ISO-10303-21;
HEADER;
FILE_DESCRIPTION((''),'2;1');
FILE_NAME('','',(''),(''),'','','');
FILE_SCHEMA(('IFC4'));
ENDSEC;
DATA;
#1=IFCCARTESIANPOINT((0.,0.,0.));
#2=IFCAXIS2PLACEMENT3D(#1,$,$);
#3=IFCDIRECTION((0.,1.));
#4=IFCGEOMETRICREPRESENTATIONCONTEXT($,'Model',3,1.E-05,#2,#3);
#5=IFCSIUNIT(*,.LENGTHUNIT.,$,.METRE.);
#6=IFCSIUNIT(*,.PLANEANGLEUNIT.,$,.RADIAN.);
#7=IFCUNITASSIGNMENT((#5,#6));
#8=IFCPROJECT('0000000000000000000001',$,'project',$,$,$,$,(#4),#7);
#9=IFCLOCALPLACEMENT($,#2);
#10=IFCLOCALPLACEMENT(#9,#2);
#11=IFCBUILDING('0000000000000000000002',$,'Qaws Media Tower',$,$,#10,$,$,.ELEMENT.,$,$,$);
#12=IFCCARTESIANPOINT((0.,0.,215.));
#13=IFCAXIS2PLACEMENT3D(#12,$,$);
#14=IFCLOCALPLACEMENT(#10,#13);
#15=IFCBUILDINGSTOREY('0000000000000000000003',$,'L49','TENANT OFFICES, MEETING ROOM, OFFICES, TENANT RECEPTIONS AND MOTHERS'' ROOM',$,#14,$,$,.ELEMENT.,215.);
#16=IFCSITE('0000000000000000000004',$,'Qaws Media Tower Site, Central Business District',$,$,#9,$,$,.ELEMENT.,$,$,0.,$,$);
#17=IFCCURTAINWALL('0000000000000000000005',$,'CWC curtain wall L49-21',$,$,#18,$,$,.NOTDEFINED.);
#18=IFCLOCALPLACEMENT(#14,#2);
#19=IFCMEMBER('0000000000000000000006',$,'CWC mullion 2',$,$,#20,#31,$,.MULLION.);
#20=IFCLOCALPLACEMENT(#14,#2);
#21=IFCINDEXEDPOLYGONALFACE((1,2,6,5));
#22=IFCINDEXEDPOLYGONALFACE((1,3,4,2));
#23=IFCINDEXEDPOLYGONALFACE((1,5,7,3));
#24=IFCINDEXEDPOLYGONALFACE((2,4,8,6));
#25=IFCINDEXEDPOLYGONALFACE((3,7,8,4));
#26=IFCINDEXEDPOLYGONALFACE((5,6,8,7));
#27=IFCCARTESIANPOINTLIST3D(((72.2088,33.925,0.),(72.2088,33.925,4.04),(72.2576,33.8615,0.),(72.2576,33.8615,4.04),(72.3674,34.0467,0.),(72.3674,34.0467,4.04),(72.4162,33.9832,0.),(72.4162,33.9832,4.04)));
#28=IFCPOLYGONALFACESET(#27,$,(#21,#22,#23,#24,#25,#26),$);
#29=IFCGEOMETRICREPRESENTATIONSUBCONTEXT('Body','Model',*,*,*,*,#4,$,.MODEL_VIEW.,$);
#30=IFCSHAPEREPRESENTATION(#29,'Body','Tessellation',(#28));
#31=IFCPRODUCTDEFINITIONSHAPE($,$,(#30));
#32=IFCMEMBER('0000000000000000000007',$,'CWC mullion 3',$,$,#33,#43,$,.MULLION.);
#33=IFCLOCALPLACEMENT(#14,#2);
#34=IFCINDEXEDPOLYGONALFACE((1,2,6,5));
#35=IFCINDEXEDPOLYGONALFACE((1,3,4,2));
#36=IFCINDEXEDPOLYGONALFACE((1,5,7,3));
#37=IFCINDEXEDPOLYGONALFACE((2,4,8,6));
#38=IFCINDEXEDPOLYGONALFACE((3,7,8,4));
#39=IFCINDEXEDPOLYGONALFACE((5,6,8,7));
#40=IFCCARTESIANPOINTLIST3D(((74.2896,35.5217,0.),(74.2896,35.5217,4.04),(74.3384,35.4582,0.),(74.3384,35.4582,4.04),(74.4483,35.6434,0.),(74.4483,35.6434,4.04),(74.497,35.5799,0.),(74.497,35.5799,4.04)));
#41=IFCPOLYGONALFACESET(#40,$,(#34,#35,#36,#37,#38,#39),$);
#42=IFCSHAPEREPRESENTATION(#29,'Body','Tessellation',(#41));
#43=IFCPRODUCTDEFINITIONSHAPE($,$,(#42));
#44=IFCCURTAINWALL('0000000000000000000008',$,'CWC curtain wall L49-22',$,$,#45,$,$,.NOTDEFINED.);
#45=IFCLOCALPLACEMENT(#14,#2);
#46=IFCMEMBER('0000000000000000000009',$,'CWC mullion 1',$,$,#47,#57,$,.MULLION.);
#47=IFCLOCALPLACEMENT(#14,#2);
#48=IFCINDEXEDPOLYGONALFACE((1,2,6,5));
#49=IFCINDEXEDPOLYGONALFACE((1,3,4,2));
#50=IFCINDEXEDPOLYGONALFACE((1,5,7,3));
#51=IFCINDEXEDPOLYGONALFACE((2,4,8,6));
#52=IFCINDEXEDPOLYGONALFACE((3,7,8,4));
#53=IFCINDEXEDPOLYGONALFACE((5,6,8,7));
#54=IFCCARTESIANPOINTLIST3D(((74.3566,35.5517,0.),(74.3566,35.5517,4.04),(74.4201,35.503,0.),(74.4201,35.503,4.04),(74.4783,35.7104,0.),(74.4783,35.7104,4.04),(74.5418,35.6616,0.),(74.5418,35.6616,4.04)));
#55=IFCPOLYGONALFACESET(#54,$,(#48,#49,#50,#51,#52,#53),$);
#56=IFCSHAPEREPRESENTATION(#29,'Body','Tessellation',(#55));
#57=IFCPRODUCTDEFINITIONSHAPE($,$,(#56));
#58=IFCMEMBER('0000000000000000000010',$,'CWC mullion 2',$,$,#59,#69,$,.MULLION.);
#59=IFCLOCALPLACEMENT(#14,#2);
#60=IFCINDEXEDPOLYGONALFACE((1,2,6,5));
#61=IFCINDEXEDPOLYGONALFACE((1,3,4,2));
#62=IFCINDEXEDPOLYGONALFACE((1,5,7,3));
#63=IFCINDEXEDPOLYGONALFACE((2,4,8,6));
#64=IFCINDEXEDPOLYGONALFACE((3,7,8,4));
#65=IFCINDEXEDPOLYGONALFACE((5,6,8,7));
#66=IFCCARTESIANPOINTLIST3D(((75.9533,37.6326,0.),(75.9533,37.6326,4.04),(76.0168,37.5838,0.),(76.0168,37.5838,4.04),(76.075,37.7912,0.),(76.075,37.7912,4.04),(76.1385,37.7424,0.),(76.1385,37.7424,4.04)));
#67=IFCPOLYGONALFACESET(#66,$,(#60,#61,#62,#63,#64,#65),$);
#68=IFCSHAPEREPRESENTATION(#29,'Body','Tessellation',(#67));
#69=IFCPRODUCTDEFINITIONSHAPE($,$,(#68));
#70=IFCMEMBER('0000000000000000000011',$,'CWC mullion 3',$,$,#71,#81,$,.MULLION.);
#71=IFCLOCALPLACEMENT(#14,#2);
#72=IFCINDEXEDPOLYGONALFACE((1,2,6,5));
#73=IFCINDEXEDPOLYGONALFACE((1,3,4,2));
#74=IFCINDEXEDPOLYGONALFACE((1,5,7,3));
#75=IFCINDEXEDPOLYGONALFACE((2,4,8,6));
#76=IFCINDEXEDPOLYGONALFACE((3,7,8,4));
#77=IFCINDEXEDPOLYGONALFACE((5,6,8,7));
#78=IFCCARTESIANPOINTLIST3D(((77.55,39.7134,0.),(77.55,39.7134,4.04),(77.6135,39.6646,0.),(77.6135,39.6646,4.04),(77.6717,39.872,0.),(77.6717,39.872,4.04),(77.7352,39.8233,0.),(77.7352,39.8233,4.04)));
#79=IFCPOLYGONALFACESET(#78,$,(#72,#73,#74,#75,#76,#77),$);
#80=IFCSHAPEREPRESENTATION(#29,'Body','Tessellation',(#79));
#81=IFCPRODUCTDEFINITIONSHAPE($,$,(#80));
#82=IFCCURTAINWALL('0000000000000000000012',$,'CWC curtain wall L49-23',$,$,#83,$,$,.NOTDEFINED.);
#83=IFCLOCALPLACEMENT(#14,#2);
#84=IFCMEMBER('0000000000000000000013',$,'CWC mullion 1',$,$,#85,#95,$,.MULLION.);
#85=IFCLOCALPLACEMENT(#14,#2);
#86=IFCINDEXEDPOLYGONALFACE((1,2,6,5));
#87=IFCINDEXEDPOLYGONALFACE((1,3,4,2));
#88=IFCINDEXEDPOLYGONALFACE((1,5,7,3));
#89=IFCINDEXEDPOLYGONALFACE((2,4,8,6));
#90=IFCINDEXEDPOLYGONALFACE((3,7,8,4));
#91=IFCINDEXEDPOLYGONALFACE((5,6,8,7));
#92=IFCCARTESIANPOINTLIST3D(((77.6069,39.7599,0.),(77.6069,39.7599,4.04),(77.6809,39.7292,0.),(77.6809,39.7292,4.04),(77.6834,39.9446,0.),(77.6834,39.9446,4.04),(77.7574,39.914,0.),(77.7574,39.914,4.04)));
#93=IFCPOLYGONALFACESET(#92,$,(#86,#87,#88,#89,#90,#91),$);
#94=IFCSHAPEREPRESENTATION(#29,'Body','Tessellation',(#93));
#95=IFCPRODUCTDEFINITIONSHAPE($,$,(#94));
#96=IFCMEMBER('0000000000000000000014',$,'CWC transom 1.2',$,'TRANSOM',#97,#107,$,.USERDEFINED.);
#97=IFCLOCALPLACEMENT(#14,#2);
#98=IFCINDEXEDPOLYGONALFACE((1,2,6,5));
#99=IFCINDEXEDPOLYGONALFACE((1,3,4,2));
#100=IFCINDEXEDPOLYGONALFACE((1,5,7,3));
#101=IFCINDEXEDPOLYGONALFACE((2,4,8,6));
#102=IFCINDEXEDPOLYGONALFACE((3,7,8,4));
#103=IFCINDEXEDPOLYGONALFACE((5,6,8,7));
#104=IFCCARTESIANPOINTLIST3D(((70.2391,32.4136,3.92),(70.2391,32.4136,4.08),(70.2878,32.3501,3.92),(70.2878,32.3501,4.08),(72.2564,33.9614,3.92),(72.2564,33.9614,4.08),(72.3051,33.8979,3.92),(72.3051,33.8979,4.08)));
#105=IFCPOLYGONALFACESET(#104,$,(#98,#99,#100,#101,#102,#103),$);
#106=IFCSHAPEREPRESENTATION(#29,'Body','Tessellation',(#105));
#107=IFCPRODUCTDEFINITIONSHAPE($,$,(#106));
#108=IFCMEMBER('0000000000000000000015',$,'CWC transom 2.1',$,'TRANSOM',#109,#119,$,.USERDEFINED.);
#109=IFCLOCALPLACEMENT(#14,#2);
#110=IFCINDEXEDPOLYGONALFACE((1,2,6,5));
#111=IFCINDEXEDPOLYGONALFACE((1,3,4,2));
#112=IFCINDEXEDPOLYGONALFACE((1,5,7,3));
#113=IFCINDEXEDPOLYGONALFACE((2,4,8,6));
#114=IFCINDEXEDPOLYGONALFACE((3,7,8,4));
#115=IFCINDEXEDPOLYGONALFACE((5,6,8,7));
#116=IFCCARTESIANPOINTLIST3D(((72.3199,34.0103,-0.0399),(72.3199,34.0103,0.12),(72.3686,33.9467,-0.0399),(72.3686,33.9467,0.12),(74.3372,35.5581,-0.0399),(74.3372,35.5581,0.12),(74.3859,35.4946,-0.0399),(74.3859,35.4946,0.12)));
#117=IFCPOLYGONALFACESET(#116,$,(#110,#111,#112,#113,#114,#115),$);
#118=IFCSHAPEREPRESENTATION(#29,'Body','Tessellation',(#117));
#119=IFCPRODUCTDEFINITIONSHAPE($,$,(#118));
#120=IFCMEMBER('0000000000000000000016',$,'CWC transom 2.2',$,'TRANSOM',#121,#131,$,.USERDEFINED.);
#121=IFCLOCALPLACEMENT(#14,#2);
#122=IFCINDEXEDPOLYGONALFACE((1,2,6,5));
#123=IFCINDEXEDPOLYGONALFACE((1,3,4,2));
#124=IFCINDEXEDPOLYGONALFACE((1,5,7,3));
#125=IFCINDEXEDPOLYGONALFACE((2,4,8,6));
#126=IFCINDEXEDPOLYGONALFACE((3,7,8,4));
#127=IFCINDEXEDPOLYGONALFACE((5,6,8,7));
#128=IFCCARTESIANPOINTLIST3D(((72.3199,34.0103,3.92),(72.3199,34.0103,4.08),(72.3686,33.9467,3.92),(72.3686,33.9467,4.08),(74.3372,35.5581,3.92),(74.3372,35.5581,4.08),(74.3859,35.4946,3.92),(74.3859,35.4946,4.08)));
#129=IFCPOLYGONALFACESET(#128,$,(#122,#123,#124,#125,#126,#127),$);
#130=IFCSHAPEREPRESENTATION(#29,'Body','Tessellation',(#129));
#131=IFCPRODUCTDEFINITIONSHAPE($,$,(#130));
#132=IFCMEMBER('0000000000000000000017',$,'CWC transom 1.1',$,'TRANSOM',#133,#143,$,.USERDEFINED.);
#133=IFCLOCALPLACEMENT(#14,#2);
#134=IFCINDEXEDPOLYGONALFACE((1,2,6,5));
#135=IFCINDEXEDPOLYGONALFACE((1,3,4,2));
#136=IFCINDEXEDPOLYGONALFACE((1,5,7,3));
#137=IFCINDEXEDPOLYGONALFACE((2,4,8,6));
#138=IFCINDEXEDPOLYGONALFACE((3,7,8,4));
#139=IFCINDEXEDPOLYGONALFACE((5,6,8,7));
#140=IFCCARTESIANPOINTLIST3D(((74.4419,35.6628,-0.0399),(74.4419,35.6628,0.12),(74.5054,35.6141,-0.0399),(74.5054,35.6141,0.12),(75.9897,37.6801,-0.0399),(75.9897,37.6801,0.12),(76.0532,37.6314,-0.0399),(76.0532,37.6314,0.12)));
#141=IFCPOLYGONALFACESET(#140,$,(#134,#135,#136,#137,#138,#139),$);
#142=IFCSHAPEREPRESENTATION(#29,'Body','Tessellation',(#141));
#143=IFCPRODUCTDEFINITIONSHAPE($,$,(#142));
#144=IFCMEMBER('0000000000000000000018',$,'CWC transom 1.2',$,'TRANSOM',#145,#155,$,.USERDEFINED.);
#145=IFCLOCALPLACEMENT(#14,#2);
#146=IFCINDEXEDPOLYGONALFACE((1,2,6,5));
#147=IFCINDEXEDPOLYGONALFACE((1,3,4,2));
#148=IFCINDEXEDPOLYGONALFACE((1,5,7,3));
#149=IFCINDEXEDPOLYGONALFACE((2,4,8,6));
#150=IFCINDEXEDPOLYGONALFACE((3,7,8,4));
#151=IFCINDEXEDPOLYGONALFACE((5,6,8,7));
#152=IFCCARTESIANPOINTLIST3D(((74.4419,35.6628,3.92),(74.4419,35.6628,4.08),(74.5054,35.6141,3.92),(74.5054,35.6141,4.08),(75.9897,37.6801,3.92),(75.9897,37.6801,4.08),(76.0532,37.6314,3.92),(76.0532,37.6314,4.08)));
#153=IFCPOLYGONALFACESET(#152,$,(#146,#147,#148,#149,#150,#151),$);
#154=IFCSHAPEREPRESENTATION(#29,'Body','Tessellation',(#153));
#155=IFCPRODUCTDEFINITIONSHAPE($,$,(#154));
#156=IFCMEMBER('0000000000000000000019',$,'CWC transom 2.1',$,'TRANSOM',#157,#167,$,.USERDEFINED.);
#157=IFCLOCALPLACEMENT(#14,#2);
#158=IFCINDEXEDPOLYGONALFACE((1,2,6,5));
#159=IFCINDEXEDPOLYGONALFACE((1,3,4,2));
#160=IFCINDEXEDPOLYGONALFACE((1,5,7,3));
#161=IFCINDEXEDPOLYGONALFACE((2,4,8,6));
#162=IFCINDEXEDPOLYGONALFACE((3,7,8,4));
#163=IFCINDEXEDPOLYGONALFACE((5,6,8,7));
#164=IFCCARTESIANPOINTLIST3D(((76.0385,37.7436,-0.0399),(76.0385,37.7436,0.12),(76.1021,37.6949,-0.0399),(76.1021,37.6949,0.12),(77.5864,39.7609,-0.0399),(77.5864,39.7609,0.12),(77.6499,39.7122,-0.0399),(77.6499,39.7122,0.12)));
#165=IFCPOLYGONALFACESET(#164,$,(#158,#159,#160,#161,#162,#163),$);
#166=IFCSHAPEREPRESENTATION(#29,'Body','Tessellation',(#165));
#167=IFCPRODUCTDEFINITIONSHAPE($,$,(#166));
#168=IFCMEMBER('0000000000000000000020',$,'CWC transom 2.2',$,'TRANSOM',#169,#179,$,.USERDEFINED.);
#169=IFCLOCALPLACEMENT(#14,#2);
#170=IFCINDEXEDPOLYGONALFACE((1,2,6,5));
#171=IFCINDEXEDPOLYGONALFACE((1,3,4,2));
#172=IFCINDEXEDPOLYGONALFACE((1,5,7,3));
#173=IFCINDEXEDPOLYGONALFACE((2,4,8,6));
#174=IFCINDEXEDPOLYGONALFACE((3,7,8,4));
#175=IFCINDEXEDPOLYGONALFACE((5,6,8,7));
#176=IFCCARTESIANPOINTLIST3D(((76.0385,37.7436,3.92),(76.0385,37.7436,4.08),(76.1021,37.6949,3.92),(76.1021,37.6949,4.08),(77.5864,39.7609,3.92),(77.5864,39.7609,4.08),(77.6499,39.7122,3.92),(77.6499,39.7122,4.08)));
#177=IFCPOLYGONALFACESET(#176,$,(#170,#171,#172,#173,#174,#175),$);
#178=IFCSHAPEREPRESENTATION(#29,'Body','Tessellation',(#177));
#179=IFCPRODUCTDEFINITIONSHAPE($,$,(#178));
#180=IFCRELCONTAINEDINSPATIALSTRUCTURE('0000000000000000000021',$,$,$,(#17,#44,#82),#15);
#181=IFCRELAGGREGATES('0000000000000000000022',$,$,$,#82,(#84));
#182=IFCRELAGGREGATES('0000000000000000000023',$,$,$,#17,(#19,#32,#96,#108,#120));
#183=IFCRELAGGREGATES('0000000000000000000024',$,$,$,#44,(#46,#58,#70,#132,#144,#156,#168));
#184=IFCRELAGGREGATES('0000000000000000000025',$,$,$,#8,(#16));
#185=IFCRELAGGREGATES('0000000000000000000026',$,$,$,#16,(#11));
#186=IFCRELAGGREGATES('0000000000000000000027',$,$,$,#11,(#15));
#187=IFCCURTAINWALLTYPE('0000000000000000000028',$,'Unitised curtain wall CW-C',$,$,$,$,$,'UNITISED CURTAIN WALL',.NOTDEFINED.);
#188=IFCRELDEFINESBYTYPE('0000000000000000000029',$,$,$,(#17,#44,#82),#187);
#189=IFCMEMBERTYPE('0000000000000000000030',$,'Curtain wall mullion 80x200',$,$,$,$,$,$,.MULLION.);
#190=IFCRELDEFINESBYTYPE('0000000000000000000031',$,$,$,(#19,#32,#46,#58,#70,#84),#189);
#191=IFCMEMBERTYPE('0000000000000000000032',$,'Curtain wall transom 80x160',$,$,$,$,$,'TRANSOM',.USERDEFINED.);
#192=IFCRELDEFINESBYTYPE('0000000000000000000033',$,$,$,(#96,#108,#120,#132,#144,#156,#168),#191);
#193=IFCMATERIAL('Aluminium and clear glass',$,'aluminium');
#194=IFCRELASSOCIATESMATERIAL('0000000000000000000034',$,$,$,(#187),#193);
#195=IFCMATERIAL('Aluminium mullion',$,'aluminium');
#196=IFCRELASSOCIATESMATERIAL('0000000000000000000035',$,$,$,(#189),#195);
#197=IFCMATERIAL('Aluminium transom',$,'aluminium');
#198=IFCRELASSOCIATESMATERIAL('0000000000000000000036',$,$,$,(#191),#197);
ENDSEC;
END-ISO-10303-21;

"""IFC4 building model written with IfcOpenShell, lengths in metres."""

from ifc_helpers import new_model, si_unit, direction, frame, origin, origin_2d, place, context, subcontext, project, spatial, rectangle, extrude, material, material_profile, profile_set, type_object, element, aggregate, save


model = new_model("IFC4")

# Units and contexts
model_context = context("Model", 3, precision=1e-05, world=origin(), true_north=direction((0.0, 1.0)))
body_context = subcontext(model_context, "Body", "Model", "MODEL_VIEW")
ifc_project = project(units=[si_unit("LENGTHUNIT", "METRE"), si_unit("PLANEANGLEUNIT", "RADIAN")], contexts=[model_context])

# Site, building, storey
site_placement = place(None, origin())
site = spatial("IfcSite", under=ifc_project, at=site_placement, Name="Qaws Media Tower Site, Central Business District", CompositionType="ELEMENT", RefElevation=0.0)
building_placement = place(site_placement, origin())
building = spatial("IfcBuilding", under=site, at=building_placement, Name="Qaws Media Tower", CompositionType="ELEMENT")
storey_placement = place(building_placement, frame((0.0, 0.0, 215.0)))
storey = spatial("IfcBuildingStorey", under=building, at=storey_placement, Name="L49", Description="TENANT OFFICES, MEETING ROOM, OFFICES, TENANT RECEPTIONS AND MOTHERS' ROOM", CompositionType="ELEMENT", Elevation=215.0)

# Curtain walls, members
ifc_material_1 = material(Name="Aluminium and clear glass", Category="aluminium")
curtain_wall_type = type_object("IfcCurtainWallType", Name="Unitised curtain wall CW-C", ElementType="UNITISED CURTAIN WALL", PredefinedType="NOTDEFINED", material=ifc_material_1)
curtain_wall_1_placement = place(storey_placement, origin())
curtain_wall_1 = element("IfcCurtainWall", 1, at=curtain_wall_1_placement, inside=storey, type_object=curtain_wall_type, Name="CWC curtain wall L49-21", PredefinedType="NOTDEFINED")
ifc_material_2 = material(Name="Aluminium mullion", Category="aluminium")
ifc_material_profile_1 = material_profile(ifc_material_2, rectangle(XDim=0.0801, YDim=0.2, at=origin_2d()), Name="80x200")
ifc_profile_set_1 = profile_set([ifc_material_profile_1], Name="Aluminium mullion")
member_type_1 = type_object("IfcMemberType", Name="Curtain wall mullion 80x200", PredefinedType="MULLION", material=ifc_profile_set_1)
member_1_placement = place(storey_placement, frame((72.3125, 33.9541, 0.0), z_axis=(0.0, 0.0, 1.0), x_axis=(-0.608761, 0.793353, 0.0)))
member_1 = element("IfcMember", 2, at=member_1_placement, type_object=member_type_1, Name="CWC mullion 2", PredefinedType="MULLION", context=body_context, shape_type="SweptSolid", body=[
    extrude(rectangle(XDim=0.0801, YDim=0.2, at=origin_2d()), origin(), (0.0, 0.0, 1.0), 4.04),
])
member_2_placement = place(storey_placement, frame((74.3933, 35.5508, 0.0), z_axis=(0.0, 0.0, 1.0), x_axis=(-0.608761, 0.793353, 0.0)))
member_2 = element("IfcMember", 3, at=member_2_placement, type_object=member_type_1, Name="CWC mullion 3", PredefinedType="MULLION", context=body_context, shape_type="SweptSolid", body=[
    extrude(rectangle(XDim=0.0801, YDim=0.2, at=origin_2d()), origin(), (0.0, 0.0, 1.0), 4.04),
])
curtain_wall_2_placement = place(storey_placement, origin())
curtain_wall_2 = element("IfcCurtainWall", 4, at=curtain_wall_2_placement, inside=storey, type_object=curtain_wall_type, Name="CWC curtain wall L49-22", PredefinedType="NOTDEFINED")
member_3_placement = place(storey_placement, frame((74.4492, 35.6067, 0.0), z_axis=(0.0, 0.0, 1.0), x_axis=(-0.793353, 0.608761, 0.0)))
member_3 = element("IfcMember", 5, at=member_3_placement, type_object=member_type_1, Name="CWC mullion 1", PredefinedType="MULLION", context=body_context, shape_type="SweptSolid", body=[
    extrude(rectangle(XDim=0.0801, YDim=0.2, at=origin_2d()), origin(), (0.0, 0.0, 1.0), 4.04),
])
member_4_placement = place(storey_placement, frame((76.0459, 37.6875, 0.0), z_axis=(0.0, 0.0, 1.0), x_axis=(-0.793353, 0.608761, 0.0)))
member_4 = element("IfcMember", 6, at=member_4_placement, type_object=member_type_1, Name="CWC mullion 2", PredefinedType="MULLION", context=body_context, shape_type="SweptSolid", body=[
    extrude(rectangle(XDim=0.0801, YDim=0.2, at=origin_2d()), origin(), (0.0, 0.0, 1.0), 4.04),
])
member_5_placement = place(storey_placement, frame((77.6426, 39.7683, 0.0), z_axis=(0.0, 0.0, 1.0), x_axis=(-0.793353, 0.608761, 0.0)))
member_5 = element("IfcMember", 7, at=member_5_placement, type_object=member_type_1, Name="CWC mullion 3", PredefinedType="MULLION", context=body_context, shape_type="SweptSolid", body=[
    extrude(rectangle(XDim=0.0801, YDim=0.2, at=origin_2d()), origin(), (0.0, 0.0, 1.0), 4.04),
])

# Curtain wall, member
curtain_wall_3_placement = place(storey_placement, origin())
curtain_wall_3 = element("IfcCurtainWall", 8, at=curtain_wall_3_placement, inside=storey, type_object=curtain_wall_type, Name="CWC curtain wall L49-23", PredefinedType="NOTDEFINED")
member_6_placement = place(storey_placement, frame((77.6821, 39.8369, 0.0), z_axis=(0.0, 0.0, 1.0), x_axis=(-0.923879, 0.382684, 0.0)))
member_6 = element("IfcMember", 9, at=member_6_placement, type_object=member_type_1, Name="CWC mullion 1", PredefinedType="MULLION", context=body_context, shape_type="SweptSolid", body=[
    extrude(rectangle(XDim=0.0801, YDim=0.2, at=origin_2d()), origin(), (0.0, 0.0, 1.0), 4.04),
])
aggregate(curtain_wall_3, [member_6])

# Members
ifc_material_3 = material(Name="Aluminium transom", Category="aluminium")
ifc_material_profile_2 = material_profile(ifc_material_3, rectangle(XDim=0.0801, YDim=0.1599, at=origin_2d()), Name="80x160")
ifc_profile_set_2 = profile_set([ifc_material_profile_2], Name="Aluminium transom")
member_type_2 = type_object("IfcMemberType", Name="Curtain wall transom 80x160", ElementType="TRANSOM", PredefinedType="USERDEFINED", material=ifc_profile_set_2)
member_7_placement = place(storey_placement, frame((70.2634, 32.3818, 4.0), z_axis=(0.793373, 0.608736, 0.0), x_axis=(-0.608736, 0.793373, 0.0)))
member_7 = element("IfcMember", 10, at=member_7_placement, type_object=member_type_2, Name="CWC transom 1.2", ObjectType="TRANSOM", PredefinedType="USERDEFINED", context=body_context, shape_type="SweptSolid", body=[
    extrude(rectangle(XDim=0.0801, YDim=0.1599, at=origin_2d()), origin(), (0.0, 0.0, 1.0), 2.5427),
])
member_8_placement = place(storey_placement, frame((72.3442, 33.9785, 0.04), z_axis=(0.793373, 0.608736, 0.0), x_axis=(-0.608736, 0.793373, 0.0)))
member_8 = element("IfcMember", 11, at=member_8_placement, type_object=member_type_2, Name="CWC transom 2.1", ObjectType="TRANSOM", PredefinedType="USERDEFINED", context=body_context, shape_type="SweptSolid", body=[
    extrude(rectangle(XDim=0.0801, YDim=0.1599, at=origin_2d()), origin(), (0.0, 0.0, 1.0), 2.5427),
])
member_9_placement = place(storey_placement, frame((72.3442, 33.9785, 4.0), z_axis=(0.793373, 0.608736, 0.0), x_axis=(-0.608736, 0.793373, 0.0)))
member_9 = element("IfcMember", 12, at=member_9_placement, type_object=member_type_2, Name="CWC transom 2.2", ObjectType="TRANSOM", PredefinedType="USERDEFINED", context=body_context, shape_type="SweptSolid", body=[
    extrude(rectangle(XDim=0.0801, YDim=0.1599, at=origin_2d()), origin(), (0.0, 0.0, 1.0), 2.5427),
])
member_10_placement = place(storey_placement, frame((74.4736, 35.6384, 0.04), z_axis=(0.608736, 0.793373, 0.0), x_axis=(-0.793373, 0.608736, 0.0)))
member_10 = element("IfcMember", 13, at=member_10_placement, type_object=member_type_2, Name="CWC transom 1.1", ObjectType="TRANSOM", PredefinedType="USERDEFINED", context=body_context, shape_type="SweptSolid", body=[
    extrude(rectangle(XDim=0.0801, YDim=0.1599, at=origin_2d()), origin(), (0.0, 0.0, 1.0), 2.5427),
])
member_11_placement = place(storey_placement, frame((74.4736, 35.6384, 4.0), z_axis=(0.608736, 0.793373, 0.0), x_axis=(-0.793373, 0.608736, 0.0)))
member_11 = element("IfcMember", 14, at=member_11_placement, type_object=member_type_2, Name="CWC transom 1.2", ObjectType="TRANSOM", PredefinedType="USERDEFINED", context=body_context, shape_type="SweptSolid", body=[
    extrude(rectangle(XDim=0.0801, YDim=0.1599, at=origin_2d()), origin(), (0.0, 0.0, 1.0), 2.5427),
])
member_12_placement = place(storey_placement, frame((76.0703, 37.7192, 0.04), z_axis=(0.608736, 0.793373, 0.0), x_axis=(-0.793373, 0.608736, 0.0)))
member_12 = element("IfcMember", 15, at=member_12_placement, type_object=member_type_2, Name="CWC transom 2.1", ObjectType="TRANSOM", PredefinedType="USERDEFINED", context=body_context, shape_type="SweptSolid", body=[
    extrude(rectangle(XDim=0.0801, YDim=0.1599, at=origin_2d()), origin(), (0.0, 0.0, 1.0), 2.5427),
])
member_13_placement = place(storey_placement, frame((76.0703, 37.7192, 4.0), z_axis=(0.608736, 0.793373, 0.0), x_axis=(-0.793373, 0.608736, 0.0)))
member_13 = element("IfcMember", 16, at=member_13_placement, type_object=member_type_2, Name="CWC transom 2.2", ObjectType="TRANSOM", PredefinedType="USERDEFINED", context=body_context, shape_type="SweptSolid", body=[
    extrude(rectangle(XDim=0.0801, YDim=0.1599, at=origin_2d()), origin(), (0.0, 0.0, 1.0), 2.5427),
])

aggregate(curtain_wall_1, [member_1, member_2, member_7, member_8, member_9])
aggregate(curtain_wall_2, [member_3, member_4, member_5, member_10, member_11, member_12, member_13])

save(model, "model.ifc")
